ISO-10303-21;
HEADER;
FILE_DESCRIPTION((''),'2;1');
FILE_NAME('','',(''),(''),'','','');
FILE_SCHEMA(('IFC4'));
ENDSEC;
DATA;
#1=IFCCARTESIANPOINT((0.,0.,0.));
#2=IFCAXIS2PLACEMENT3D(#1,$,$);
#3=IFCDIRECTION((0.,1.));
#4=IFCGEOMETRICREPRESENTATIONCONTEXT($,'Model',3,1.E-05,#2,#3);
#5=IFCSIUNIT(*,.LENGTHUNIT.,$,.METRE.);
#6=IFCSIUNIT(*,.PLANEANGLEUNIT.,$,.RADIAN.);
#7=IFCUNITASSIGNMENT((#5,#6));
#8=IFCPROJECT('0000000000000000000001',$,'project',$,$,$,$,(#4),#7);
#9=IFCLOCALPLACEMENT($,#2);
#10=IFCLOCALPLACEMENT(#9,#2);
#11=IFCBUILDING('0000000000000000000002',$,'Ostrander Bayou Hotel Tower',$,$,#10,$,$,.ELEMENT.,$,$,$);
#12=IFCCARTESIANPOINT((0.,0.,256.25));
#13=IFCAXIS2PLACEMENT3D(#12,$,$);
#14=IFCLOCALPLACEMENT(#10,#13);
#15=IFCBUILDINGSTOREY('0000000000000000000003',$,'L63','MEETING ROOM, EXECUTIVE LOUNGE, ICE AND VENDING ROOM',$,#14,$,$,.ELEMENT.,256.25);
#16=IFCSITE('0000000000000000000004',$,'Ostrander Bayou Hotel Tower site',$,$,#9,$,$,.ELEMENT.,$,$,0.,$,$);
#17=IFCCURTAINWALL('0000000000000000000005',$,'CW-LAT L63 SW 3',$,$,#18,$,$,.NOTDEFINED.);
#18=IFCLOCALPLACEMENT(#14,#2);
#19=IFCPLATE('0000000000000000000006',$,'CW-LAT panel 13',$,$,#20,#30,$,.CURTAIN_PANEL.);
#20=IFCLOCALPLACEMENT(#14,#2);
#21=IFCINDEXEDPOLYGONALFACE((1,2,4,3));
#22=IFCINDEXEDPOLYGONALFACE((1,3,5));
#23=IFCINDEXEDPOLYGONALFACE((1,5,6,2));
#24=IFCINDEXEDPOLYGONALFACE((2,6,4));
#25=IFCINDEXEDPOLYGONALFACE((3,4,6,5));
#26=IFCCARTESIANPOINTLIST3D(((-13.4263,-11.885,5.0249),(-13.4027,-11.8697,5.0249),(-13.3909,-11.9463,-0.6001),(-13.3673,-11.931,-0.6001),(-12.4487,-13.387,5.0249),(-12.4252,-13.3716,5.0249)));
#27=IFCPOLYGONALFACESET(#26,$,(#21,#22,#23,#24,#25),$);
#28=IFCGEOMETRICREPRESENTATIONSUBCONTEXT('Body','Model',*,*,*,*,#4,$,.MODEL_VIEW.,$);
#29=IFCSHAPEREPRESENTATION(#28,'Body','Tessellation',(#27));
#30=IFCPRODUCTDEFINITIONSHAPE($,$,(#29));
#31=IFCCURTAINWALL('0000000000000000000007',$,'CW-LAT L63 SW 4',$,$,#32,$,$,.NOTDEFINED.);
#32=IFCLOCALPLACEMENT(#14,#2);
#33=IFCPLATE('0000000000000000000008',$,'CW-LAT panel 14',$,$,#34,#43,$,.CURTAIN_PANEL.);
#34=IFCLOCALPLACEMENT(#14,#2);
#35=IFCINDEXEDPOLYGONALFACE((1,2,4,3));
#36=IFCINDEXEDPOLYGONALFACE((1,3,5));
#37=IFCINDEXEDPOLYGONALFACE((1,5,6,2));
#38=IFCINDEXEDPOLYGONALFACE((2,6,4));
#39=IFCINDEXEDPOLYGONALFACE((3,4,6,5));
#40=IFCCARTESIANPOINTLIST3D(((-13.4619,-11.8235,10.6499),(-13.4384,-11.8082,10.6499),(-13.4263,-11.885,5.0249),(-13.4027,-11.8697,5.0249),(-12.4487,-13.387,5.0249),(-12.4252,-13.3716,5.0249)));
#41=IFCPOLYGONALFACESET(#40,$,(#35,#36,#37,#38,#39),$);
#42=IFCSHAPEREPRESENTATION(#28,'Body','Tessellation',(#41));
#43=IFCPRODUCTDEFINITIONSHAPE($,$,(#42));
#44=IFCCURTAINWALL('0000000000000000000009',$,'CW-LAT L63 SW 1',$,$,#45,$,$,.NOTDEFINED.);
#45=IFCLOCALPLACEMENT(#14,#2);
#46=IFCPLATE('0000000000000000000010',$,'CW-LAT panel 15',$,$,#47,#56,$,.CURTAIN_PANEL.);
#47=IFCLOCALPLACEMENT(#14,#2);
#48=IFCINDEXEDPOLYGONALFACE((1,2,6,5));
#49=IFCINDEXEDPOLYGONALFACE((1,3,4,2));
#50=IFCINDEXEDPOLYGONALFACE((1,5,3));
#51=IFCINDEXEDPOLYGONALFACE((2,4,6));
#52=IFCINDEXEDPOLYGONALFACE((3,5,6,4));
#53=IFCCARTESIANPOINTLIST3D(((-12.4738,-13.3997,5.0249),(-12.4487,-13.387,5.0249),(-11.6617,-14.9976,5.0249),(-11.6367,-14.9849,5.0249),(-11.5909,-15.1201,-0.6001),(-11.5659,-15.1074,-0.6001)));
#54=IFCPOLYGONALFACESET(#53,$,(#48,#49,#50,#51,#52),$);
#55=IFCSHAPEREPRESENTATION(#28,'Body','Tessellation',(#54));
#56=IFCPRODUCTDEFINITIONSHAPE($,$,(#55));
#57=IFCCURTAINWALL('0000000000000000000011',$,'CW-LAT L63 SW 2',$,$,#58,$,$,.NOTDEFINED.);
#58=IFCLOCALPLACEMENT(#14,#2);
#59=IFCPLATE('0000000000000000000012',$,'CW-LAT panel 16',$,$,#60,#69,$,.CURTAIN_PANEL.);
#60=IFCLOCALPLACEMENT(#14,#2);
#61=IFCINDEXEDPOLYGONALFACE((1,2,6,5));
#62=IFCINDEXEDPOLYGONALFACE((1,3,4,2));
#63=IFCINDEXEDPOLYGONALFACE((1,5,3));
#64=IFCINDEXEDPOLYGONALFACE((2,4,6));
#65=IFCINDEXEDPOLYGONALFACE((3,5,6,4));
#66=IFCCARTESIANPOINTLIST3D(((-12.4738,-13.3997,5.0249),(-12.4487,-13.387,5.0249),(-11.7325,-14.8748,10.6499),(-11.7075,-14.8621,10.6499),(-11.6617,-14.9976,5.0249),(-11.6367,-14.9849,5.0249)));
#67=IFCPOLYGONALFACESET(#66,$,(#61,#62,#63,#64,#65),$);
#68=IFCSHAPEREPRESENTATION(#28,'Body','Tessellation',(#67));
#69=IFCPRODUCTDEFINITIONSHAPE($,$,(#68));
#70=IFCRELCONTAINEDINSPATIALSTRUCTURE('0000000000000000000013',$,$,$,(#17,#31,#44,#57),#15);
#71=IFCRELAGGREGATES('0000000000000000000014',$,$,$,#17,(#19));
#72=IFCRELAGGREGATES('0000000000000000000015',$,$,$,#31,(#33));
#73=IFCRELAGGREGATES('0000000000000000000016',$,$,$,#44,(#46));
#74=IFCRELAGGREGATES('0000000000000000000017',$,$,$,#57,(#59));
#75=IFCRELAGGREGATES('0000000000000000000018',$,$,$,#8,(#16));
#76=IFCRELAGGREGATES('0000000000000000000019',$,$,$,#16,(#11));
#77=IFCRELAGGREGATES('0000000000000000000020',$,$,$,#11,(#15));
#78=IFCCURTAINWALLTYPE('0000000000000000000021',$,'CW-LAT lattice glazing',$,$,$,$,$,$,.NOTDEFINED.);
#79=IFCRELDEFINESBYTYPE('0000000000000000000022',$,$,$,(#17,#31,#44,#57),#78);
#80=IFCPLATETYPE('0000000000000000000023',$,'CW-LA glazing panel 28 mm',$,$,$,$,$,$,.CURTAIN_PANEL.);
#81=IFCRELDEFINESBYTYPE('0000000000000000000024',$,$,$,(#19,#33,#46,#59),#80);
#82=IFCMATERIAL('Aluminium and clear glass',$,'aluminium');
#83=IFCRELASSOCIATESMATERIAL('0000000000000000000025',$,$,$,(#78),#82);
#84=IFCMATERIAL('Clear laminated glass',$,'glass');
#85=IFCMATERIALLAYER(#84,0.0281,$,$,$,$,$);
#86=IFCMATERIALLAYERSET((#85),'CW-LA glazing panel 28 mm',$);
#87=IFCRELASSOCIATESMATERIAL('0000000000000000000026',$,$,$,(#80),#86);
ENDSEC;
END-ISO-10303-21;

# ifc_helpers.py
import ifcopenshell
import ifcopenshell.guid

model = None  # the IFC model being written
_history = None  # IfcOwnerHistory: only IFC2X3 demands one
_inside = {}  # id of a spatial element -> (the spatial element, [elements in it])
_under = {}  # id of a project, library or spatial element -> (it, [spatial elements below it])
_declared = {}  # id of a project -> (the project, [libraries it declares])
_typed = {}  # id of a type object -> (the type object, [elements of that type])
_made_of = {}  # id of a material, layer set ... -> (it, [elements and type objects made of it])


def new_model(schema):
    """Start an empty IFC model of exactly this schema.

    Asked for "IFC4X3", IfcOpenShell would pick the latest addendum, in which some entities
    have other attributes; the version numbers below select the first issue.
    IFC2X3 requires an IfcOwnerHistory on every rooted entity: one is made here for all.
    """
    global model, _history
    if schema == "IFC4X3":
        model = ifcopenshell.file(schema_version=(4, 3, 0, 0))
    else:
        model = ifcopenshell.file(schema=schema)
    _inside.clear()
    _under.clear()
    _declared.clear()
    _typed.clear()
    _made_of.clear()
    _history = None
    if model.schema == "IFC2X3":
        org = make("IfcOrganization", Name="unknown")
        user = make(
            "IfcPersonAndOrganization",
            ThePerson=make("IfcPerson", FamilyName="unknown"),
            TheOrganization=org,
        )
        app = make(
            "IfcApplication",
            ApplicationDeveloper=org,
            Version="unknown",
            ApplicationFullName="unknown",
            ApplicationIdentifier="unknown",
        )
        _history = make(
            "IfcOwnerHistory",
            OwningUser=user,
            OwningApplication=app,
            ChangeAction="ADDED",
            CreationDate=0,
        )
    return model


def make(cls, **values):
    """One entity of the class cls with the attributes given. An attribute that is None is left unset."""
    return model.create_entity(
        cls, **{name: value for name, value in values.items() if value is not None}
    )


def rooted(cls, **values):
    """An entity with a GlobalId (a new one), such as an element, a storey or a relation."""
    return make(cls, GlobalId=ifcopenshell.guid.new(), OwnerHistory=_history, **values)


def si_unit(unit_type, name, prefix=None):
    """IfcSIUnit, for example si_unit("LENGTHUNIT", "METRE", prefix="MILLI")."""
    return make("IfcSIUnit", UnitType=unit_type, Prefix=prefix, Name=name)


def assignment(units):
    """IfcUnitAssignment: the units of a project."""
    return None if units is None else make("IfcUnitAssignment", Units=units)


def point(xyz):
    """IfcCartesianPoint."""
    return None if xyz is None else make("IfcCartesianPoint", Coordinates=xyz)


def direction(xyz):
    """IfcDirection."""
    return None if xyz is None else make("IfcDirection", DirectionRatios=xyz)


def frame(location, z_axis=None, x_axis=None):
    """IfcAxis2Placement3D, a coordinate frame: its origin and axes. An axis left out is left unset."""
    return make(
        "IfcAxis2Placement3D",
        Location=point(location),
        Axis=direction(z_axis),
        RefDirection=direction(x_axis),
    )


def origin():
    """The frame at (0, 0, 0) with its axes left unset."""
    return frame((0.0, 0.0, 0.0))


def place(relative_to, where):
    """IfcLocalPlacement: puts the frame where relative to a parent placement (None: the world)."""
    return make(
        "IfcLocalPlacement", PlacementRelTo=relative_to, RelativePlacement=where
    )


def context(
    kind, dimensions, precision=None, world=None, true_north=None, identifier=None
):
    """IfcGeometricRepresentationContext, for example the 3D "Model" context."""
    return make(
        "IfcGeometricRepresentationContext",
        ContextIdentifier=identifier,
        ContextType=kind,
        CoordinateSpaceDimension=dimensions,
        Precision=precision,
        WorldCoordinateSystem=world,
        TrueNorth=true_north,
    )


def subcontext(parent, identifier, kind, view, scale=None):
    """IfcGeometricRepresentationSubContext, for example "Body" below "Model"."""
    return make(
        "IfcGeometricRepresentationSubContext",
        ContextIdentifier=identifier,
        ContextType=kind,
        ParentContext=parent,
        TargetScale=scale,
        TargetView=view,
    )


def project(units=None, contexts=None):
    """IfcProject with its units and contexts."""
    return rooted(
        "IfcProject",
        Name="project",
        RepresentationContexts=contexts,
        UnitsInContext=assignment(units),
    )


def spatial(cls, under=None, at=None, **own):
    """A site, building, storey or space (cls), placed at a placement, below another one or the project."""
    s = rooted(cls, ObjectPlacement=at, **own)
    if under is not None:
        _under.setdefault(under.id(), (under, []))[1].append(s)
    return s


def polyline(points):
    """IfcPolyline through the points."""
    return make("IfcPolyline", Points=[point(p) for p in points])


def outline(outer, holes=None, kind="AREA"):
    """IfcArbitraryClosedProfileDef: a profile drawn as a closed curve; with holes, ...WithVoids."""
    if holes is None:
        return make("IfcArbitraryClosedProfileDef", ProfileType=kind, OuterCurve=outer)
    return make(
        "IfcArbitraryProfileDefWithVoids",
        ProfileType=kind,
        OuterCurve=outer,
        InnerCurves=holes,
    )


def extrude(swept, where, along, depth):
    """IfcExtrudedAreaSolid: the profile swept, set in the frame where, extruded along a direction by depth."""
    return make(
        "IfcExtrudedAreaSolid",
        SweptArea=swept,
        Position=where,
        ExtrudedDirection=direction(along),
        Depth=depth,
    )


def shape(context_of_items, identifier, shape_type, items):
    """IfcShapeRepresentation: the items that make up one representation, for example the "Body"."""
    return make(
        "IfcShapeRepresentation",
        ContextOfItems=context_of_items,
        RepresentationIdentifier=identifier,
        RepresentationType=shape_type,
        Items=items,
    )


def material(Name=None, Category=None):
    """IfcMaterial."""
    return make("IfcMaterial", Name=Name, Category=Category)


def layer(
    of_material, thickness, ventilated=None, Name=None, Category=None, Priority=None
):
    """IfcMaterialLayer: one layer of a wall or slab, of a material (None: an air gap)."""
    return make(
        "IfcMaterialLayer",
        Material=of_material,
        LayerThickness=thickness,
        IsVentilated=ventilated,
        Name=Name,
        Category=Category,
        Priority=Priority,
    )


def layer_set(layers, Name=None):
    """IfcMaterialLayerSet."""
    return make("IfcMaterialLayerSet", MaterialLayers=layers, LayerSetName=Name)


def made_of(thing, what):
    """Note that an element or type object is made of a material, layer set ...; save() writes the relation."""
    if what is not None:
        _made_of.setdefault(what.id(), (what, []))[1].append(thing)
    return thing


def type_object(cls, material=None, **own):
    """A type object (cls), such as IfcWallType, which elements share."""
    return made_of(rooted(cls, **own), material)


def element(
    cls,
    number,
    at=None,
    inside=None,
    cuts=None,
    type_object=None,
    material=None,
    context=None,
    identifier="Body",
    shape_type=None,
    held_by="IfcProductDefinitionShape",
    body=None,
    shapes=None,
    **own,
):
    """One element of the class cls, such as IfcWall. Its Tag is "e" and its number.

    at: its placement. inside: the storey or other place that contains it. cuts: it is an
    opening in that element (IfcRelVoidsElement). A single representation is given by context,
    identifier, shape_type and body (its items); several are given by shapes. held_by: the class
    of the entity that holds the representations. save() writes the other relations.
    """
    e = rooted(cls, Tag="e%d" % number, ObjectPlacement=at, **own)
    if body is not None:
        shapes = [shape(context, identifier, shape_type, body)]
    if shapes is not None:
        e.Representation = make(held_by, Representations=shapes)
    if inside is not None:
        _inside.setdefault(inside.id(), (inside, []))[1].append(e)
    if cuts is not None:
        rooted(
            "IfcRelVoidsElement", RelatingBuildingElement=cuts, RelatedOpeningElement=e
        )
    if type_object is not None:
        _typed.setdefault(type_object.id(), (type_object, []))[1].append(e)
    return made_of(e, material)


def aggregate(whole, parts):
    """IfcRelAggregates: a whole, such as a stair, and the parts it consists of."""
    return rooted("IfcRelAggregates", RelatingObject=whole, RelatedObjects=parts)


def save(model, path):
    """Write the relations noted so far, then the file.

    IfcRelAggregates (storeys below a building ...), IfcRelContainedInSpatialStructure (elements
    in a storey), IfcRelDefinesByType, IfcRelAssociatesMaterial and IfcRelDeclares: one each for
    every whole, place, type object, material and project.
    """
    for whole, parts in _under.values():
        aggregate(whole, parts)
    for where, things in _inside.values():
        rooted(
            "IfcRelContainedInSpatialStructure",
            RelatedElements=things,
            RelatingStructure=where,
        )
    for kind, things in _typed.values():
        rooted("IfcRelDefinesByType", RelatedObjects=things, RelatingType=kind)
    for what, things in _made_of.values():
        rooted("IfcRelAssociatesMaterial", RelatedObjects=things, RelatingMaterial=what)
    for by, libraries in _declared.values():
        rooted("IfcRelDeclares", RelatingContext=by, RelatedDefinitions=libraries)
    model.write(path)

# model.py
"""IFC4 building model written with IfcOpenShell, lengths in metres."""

from ifc_helpers import new_model, si_unit, direction, frame, origin, place, context, subcontext, project, spatial, polyline, outline, extrude, material, layer, layer_set, type_object, element, aggregate, save


model = new_model("IFC4")

# Units and contexts
model_context = context("Model", 3, precision=1e-05, world=origin(), true_north=direction((0.0, 1.0)))
body_context = subcontext(model_context, "Body", "Model", "MODEL_VIEW")
ifc_project = project(units=[si_unit("LENGTHUNIT", "METRE"), si_unit("PLANEANGLEUNIT", "RADIAN")], contexts=[model_context])

# Site, building, storey
site_placement = place(None, origin())
site = spatial("IfcSite", under=ifc_project, at=site_placement, Name="Ostrander Bayou Hotel Tower site", CompositionType="ELEMENT", RefElevation=0.0)
building_placement = place(site_placement, origin())
building = spatial("IfcBuilding", under=site, at=building_placement, Name="Ostrander Bayou Hotel Tower", CompositionType="ELEMENT")
storey_placement = place(building_placement, frame((0.0, 0.0, 256.25)))
storey = spatial("IfcBuildingStorey", under=building, at=storey_placement, Name="L63", Description="MEETING ROOM, EXECUTIVE LOUNGE, ICE AND VENDING ROOM", CompositionType="ELEMENT", Elevation=256.25)

# Curtain walls, plates
ifc_material_1 = material(Name="Aluminium and clear glass", Category="aluminium")
curtain_wall_type = type_object("IfcCurtainWallType", Name="CW-LAT lattice glazing", PredefinedType="NOTDEFINED", material=ifc_material_1)
curtain_wall_1_placement = place(storey_placement, origin())
curtain_wall_1 = element("IfcCurtainWall", 1, at=curtain_wall_1_placement, inside=storey, type_object=curtain_wall_type, Name="CW-LAT L63 SW 3", PredefinedType="NOTDEFINED")
ifc_material_2 = material(Name="Clear laminated glass", Category="glass")
ifc_layer_1 = layer(ifc_material_2, 0.0281)
ifc_layer_set_1 = layer_set([ifc_layer_1], Name="CW-LA glazing panel 28 mm")
plate_type = type_object("IfcPlateType", Name="CW-LA glazing panel 28 mm", PredefinedType="CURTAIN_PANEL", material=ifc_layer_set_1)
plate_1_placement = place(storey_placement, frame((-12.4487, -13.387, 5.0249), z_axis=(-0.83812, -0.545486, 0.000668), x_axis=(-0.16016, 0.244908, -0.956226)))
plate_1 = element("IfcPlate", 2, at=plate_1_placement, type_object=plate_type, Name="CW-LAT panel 13", PredefinedType="CURTAIN_PANEL", context=body_context, shape_type="SweptSolid", body=[
    extrude(outline(polyline([(0.0, 0.0), (5.8825, 0.0), (0.5244, -1.7136), (0.0, 0.0)])), origin(), (0.0, 0.0, -1.0), 0.0281),
])
aggregate(curtain_wall_1, [plate_1])
curtain_wall_2_placement = place(storey_placement, origin())
curtain_wall_2 = element("IfcCurtainWall", 3, at=curtain_wall_2_placement, inside=storey, type_object=curtain_wall_type, Name="CW-LAT L63 SW 4", PredefinedType="NOTDEFINED")
plate_2_placement = place(storey_placement, frame((-12.4487, -13.387, 5.0249), z_axis=(-0.83812, -0.545486, 0.000655), x_axis=(-0.170987, 0.263855, 0.949286)))
plate_2 = element("IfcPlate", 4, at=plate_2_placement, type_object=plate_type, Name="CW-LAT panel 14", PredefinedType="CURTAIN_PANEL", context=body_context, shape_type="SweptSolid", body=[
    extrude(outline(polyline([(0.0, 0.0), (5.9255, 0.0), (0.5634, 1.7012), (0.0, 0.0)])), origin(), (0.0, 0.0, -1.0), 0.0281),
])
aggregate(curtain_wall_2, [plate_2])
curtain_wall_3_placement = place(storey_placement, origin())
curtain_wall_3 = element("IfcCurtainWall", 5, at=curtain_wall_3_placement, inside=storey, type_object=curtain_wall_type, Name="CW-LAT L63 SW 1", PredefinedType="NOTDEFINED")
plate_3_placement = place(storey_placement, frame((-12.4487, -13.387, 5.0249), z_axis=(0.891492, 0.453033, 0.00135), x_axis=(0.148419, -0.289245, -0.945679)))
plate_3 = element("IfcPlate", 6, at=plate_3_placement, type_object=plate_type, Name="CW-LAT panel 15", PredefinedType="CURTAIN_PANEL", context=body_context, shape_type="SweptSolid", body=[
    extrude(outline(polyline([(0.0, 0.0), (5.9481, 0.0), (0.5827, -1.695), (0.0, 0.0)])), origin(), (0.0, 0.0, -1.0), 0.0281),
])
aggregate(curtain_wall_3, [plate_3])
curtain_wall_4_placement = place(storey_placement, origin())
curtain_wall_4 = element("IfcCurtainWall", 7, at=curtain_wall_4_placement, inside=storey, type_object=curtain_wall_type, Name="CW-LAT L63 SW 2", PredefinedType="NOTDEFINED")
plate_4_placement = place(storey_placement, frame((-12.4487, -13.387, 5.0249), z_axis=(0.891493, 0.453033, 0.001331), x_axis=(0.126438, -0.251627, 0.95953)))
plate_4 = element("IfcPlate", 8, at=plate_4_placement, type_object=plate_type, Name="CW-LAT panel 16", PredefinedType="CURTAIN_PANEL", context=body_context, shape_type="SweptSolid", body=[
    extrude(outline(polyline([(0.0, 0.0), (5.8622, 0.0), (0.5047, 1.7198), (0.0, 0.0)])), origin(), (0.0, 0.0, -1.0), 0.0281),
])
aggregate(curtain_wall_4, [plate_4])

save(model, "model.ifc")
